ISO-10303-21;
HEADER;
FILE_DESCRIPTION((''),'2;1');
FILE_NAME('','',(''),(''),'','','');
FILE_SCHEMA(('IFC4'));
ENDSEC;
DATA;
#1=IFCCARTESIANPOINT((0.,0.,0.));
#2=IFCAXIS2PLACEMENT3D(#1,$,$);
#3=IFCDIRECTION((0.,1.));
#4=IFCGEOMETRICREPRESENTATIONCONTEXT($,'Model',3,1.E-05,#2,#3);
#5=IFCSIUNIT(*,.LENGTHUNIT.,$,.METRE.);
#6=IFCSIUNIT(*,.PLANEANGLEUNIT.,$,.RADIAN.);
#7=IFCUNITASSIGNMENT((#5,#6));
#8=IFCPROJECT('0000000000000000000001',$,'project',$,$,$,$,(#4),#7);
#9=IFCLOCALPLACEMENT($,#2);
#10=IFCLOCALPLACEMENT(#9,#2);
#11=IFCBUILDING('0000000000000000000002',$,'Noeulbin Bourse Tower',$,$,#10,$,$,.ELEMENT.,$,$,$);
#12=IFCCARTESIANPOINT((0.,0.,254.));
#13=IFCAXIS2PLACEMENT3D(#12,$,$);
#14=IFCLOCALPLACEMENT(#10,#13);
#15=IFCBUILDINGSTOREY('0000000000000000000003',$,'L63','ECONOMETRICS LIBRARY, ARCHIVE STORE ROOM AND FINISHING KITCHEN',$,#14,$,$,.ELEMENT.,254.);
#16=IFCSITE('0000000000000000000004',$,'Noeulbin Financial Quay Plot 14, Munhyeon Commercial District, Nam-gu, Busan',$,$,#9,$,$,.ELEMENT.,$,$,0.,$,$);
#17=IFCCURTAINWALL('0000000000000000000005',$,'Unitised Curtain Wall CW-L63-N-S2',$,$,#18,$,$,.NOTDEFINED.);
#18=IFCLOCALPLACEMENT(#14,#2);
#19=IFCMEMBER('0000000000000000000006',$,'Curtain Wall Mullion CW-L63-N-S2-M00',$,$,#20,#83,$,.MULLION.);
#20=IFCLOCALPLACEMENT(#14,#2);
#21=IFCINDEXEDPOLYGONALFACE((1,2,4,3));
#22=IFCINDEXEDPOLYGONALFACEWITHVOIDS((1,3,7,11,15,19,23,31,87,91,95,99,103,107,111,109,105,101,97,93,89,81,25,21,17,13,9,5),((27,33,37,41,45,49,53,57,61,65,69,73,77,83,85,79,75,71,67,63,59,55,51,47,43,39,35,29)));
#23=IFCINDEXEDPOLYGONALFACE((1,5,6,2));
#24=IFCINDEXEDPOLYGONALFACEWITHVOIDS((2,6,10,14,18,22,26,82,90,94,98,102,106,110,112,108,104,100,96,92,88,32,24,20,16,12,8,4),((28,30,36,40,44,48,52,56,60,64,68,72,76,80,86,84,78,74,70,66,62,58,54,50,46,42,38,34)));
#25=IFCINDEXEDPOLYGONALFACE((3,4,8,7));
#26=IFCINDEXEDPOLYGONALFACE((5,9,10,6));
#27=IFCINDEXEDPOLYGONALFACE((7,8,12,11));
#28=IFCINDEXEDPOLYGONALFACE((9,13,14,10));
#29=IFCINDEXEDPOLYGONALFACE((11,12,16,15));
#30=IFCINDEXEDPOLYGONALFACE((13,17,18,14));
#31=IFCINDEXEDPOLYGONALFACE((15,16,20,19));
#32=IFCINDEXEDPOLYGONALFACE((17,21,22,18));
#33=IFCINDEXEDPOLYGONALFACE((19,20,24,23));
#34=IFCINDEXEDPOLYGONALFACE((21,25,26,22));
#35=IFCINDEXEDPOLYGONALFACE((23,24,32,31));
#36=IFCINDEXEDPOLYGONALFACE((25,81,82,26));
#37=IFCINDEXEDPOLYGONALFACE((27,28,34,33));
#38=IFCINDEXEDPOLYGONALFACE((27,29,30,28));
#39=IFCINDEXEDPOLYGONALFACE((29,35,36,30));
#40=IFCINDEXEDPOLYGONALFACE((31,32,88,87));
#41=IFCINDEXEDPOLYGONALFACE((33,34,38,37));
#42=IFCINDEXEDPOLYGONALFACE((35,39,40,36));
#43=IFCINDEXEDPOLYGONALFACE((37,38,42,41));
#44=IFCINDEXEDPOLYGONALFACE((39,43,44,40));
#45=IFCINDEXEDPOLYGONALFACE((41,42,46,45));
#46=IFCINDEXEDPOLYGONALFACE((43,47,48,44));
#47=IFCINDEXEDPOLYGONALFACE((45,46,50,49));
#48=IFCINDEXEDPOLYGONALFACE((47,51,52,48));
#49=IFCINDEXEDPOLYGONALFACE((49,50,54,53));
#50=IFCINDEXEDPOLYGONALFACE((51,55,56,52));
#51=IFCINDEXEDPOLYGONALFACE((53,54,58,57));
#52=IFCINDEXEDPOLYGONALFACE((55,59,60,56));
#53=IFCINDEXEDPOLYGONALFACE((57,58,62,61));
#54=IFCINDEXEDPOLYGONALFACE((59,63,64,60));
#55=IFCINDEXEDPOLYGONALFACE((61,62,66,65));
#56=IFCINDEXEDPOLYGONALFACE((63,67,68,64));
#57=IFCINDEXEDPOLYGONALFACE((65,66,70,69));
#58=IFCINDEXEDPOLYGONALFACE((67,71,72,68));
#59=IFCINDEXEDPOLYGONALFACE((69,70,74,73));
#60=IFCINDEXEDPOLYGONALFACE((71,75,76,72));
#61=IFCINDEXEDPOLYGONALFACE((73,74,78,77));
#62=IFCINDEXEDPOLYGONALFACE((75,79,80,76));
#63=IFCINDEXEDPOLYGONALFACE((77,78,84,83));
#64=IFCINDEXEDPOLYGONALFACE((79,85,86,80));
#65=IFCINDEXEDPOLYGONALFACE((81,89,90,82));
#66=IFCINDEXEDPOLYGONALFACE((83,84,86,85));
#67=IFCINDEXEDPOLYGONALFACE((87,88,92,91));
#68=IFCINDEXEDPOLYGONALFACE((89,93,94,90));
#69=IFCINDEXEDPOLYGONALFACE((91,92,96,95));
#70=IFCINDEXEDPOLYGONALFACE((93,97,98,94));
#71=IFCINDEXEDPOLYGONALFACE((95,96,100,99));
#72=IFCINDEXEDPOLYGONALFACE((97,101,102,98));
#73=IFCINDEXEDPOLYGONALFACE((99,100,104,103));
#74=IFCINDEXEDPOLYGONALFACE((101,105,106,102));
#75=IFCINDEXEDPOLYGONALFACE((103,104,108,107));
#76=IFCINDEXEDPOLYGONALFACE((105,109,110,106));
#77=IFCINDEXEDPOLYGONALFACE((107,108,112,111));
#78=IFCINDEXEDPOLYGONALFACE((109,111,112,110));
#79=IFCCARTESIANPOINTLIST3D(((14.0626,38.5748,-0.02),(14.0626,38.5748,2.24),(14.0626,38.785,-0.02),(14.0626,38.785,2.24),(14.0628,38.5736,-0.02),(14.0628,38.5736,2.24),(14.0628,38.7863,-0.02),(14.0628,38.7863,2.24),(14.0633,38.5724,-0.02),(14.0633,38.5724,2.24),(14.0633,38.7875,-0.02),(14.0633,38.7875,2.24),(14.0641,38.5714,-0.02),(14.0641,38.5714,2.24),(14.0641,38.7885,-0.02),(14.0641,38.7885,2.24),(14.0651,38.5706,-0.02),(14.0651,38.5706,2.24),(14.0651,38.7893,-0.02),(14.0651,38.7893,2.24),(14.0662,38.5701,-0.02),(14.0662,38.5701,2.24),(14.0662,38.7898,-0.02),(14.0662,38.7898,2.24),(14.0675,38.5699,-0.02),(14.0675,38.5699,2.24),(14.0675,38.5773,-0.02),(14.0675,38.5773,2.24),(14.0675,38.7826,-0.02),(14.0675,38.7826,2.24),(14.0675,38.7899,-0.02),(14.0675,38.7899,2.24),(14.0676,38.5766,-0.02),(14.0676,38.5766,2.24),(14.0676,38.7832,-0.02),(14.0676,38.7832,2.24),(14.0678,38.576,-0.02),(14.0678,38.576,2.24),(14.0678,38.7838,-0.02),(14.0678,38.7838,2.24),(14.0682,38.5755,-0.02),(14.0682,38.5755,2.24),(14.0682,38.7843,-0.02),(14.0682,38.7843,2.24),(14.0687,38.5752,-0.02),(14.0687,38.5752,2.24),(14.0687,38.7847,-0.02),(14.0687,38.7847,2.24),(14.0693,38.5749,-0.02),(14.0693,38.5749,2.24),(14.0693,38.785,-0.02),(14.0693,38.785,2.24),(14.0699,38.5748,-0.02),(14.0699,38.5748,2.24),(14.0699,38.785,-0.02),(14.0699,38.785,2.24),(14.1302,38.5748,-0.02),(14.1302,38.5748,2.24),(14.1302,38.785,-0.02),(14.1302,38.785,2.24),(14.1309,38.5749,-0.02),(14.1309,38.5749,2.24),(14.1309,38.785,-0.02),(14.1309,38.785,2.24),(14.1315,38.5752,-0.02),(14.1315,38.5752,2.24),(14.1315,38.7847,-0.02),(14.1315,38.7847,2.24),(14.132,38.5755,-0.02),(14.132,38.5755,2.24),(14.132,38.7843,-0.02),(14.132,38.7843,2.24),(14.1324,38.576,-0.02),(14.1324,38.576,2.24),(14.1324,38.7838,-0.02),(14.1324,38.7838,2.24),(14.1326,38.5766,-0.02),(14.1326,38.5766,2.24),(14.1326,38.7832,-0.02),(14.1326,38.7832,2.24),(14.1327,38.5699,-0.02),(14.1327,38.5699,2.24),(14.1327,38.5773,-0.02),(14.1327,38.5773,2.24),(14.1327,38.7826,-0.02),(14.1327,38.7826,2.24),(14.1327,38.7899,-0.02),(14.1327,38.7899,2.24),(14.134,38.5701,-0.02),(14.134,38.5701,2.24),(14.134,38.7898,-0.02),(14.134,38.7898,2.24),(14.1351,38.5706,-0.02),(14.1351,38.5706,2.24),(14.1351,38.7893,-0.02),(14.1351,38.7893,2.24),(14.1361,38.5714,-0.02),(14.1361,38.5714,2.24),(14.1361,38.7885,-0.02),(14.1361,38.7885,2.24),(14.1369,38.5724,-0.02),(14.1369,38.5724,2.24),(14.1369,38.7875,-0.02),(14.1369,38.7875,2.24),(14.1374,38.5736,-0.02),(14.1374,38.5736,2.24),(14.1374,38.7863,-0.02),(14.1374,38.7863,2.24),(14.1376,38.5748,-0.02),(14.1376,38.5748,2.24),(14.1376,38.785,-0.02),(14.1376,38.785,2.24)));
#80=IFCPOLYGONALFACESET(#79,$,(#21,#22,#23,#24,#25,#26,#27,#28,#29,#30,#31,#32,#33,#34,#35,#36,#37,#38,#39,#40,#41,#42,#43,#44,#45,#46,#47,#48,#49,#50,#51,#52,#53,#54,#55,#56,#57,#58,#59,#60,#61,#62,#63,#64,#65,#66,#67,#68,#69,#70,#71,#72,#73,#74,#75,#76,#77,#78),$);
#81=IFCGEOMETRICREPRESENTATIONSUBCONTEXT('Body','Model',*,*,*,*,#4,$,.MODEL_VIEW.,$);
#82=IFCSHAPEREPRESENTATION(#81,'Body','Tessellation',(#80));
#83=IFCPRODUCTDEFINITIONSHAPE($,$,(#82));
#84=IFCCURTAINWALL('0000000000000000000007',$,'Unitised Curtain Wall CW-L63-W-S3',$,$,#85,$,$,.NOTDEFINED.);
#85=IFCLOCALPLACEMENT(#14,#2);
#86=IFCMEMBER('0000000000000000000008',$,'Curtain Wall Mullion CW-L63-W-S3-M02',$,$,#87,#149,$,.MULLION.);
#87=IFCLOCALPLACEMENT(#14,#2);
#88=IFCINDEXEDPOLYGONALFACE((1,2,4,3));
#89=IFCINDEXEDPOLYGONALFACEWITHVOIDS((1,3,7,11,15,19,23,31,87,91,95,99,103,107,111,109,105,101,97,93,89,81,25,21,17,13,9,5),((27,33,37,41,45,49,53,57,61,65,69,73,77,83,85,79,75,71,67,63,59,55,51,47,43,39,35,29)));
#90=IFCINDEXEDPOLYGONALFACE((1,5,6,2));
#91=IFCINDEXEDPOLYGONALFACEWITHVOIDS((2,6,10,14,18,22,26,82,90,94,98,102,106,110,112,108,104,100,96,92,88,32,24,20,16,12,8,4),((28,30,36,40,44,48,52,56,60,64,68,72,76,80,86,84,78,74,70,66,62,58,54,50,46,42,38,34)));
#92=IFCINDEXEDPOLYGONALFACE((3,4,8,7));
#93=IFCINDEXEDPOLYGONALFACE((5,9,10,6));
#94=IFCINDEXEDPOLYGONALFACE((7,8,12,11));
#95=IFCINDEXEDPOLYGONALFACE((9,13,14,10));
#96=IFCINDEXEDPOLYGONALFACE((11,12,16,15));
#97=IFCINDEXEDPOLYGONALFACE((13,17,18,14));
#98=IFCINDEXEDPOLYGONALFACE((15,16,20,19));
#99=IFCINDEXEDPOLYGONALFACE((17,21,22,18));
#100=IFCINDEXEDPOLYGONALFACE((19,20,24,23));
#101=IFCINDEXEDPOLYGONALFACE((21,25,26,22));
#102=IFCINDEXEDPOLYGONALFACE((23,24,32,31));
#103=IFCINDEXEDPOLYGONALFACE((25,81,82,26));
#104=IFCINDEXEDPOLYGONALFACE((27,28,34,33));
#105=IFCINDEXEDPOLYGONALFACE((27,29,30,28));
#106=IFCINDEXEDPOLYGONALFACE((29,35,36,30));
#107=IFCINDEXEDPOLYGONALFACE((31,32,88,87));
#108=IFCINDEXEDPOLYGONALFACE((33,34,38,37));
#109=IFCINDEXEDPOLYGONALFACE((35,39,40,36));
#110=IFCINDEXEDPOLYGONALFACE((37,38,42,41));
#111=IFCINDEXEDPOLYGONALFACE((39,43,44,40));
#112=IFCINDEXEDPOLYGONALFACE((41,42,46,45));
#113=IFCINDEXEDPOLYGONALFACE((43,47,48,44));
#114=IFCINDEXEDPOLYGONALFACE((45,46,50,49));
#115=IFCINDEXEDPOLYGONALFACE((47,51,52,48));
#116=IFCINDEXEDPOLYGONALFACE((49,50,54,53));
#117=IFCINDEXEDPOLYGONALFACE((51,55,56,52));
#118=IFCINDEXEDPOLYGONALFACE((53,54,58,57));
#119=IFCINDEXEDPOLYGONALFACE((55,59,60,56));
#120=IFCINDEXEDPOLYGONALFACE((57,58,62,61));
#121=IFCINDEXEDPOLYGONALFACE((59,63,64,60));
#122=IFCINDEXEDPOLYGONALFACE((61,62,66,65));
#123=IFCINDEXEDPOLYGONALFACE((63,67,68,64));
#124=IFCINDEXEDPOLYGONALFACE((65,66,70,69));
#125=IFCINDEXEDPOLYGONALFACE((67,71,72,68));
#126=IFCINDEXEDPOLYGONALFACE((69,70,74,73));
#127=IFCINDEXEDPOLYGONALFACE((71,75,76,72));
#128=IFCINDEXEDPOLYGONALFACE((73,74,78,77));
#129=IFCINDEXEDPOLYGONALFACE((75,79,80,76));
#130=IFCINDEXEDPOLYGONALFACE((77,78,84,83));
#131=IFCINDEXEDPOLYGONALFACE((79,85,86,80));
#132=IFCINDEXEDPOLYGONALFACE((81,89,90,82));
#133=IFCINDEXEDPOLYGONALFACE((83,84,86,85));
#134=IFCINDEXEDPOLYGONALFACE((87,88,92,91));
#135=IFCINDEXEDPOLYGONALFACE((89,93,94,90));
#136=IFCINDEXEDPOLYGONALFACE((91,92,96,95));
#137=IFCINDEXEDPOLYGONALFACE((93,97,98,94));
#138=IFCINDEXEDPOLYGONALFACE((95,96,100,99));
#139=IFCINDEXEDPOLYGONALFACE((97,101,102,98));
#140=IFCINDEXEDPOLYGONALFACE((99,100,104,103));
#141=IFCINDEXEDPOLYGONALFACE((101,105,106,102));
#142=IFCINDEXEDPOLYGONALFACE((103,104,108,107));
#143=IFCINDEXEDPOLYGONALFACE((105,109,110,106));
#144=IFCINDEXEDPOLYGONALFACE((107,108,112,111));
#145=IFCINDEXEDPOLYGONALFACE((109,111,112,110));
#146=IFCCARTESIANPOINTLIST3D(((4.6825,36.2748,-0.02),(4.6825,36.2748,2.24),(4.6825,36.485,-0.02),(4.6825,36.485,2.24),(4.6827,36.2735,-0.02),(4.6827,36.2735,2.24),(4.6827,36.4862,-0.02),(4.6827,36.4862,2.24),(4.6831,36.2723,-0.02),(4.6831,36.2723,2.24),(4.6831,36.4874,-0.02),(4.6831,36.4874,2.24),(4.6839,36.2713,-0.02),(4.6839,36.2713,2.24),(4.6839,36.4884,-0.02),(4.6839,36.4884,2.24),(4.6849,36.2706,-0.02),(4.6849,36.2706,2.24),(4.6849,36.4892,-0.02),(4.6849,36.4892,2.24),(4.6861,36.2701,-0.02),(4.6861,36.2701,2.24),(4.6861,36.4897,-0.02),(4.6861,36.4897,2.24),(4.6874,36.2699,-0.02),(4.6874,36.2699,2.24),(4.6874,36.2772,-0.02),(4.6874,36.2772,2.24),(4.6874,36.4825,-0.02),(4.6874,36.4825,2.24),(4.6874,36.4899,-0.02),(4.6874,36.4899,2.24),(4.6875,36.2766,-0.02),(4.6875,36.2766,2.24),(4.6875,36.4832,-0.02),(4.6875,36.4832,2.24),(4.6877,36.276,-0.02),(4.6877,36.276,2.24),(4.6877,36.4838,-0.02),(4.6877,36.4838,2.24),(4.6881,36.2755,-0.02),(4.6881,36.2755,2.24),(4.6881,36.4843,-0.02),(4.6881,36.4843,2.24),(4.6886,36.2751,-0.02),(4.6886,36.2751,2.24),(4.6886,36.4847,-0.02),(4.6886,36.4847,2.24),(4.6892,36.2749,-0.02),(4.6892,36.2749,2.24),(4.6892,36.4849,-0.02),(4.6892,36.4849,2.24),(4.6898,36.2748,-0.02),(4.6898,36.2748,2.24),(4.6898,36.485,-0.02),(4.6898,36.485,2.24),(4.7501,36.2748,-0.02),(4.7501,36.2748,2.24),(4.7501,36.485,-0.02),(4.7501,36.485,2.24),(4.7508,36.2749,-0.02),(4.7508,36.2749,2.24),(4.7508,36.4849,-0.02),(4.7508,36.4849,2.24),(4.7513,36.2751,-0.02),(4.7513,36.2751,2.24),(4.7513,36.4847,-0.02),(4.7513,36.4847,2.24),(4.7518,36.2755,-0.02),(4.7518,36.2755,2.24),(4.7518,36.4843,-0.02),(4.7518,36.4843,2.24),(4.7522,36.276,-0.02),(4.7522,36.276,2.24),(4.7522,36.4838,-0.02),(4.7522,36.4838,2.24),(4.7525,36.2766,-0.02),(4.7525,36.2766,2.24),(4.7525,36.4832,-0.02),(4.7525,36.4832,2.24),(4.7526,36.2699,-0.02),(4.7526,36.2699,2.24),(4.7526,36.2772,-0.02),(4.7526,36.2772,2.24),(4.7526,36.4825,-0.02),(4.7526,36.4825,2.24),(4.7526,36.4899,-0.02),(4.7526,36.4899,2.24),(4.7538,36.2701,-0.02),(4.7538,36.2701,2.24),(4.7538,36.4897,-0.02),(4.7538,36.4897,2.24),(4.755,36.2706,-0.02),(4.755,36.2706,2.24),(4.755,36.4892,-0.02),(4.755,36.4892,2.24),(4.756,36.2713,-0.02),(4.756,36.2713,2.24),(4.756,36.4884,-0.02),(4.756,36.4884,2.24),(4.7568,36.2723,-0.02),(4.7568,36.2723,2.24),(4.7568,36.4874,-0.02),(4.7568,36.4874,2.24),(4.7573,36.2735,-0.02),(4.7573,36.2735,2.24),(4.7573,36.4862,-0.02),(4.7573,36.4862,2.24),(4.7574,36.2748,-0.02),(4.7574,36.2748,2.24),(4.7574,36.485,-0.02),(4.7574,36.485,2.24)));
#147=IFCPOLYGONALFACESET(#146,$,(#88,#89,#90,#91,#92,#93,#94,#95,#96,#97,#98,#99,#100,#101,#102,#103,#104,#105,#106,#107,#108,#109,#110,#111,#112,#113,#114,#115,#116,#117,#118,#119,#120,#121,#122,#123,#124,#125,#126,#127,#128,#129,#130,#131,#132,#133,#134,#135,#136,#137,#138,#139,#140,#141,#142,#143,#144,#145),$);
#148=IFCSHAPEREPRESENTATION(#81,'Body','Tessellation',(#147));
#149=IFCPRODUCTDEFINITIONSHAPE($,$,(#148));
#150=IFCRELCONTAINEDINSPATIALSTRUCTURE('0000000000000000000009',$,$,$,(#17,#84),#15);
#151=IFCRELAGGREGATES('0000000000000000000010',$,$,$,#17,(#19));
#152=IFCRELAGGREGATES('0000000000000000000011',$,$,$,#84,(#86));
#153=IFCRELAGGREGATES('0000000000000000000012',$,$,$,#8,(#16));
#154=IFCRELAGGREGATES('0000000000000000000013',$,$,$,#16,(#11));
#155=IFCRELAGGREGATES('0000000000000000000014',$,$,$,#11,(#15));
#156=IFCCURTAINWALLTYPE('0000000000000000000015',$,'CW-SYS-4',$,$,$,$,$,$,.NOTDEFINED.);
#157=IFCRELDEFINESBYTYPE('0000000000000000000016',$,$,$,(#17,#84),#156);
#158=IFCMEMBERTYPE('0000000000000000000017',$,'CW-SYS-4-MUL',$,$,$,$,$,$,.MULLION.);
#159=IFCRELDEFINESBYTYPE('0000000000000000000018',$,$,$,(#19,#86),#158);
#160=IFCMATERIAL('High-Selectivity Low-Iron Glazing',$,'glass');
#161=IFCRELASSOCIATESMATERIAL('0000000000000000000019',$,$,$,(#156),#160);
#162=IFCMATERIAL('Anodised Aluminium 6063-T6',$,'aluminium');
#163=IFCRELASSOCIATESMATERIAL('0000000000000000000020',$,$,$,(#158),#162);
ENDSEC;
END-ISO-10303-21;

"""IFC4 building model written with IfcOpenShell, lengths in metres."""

from ifc_helpers import new_model, si_unit, direction, frame, origin, origin_2d, place, context, subcontext, project, spatial, hollow_rectangle, extrude, material, material_profile, profile_set, type_object, element, aggregate, save


model = new_model("IFC4")

# Units and contexts
model_context = context("Model", 3, precision=1e-05, world=origin(), true_north=direction((0.0, 1.0)))
body_context = subcontext(model_context, "Body", "Model", "MODEL_VIEW")
ifc_project = project(units=[si_unit("LENGTHUNIT", "METRE"), si_unit("PLANEANGLEUNIT", "RADIAN")], contexts=[model_context])

# Site, building, storey
site_placement = place(None, origin())
site = spatial("IfcSite", under=ifc_project, at=site_placement, Name="Noeulbin Financial Quay Plot 14, Munhyeon Commercial District, Nam-gu, Busan", CompositionType="ELEMENT", RefElevation=0.0)
building_placement = place(site_placement, origin())
building = spatial("IfcBuilding", under=site, at=building_placement, Name="Noeulbin Bourse Tower", CompositionType="ELEMENT")
storey_placement = place(building_placement, frame((0.0, 0.0, 254.0)))
storey = spatial("IfcBuildingStorey", under=building, at=storey_placement, Name="L63", Description="ECONOMETRICS LIBRARY, ARCHIVE STORE ROOM AND FINISHING KITCHEN", CompositionType="ELEMENT", Elevation=254.0)

# Shared definitions
ifc_material_1 = material(Name="High-Selectivity Low-Iron Glazing", Category="glass")
curtain_wall_type = type_object("IfcCurtainWallType", Name="CW-SYS-4", PredefinedType="NOTDEFINED", material=ifc_material_1)
ifc_material_2 = material(Name="Anodised Aluminium 6063-T6", Category="aluminium")
ifc_material_profile_1 = material_profile(ifc_material_2, hollow_rectangle(XDim=0.075, YDim=0.22, WallThickness=0.0049, InnerFilletRadius=0.0024, OuterFilletRadius=0.0049, at=origin_2d()), Name="ALU-MULL-75x220x5", Category="LoadBearing")
ifc_profile_set_1 = profile_set([ifc_material_profile_1], Name="Anodised Aluminium 6063-T6")
member_type_1 = type_object("IfcMemberType", Name="CW-SYS-4-MUL", PredefinedType="MULLION", material=ifc_profile_set_1)

# Curtain walls, members
curtain_wall_1_placement = place(storey_placement, origin())
curtain_wall_1 = element("IfcCurtainWall", 1, at=curtain_wall_1_placement, inside=storey, type_object=curtain_wall_type, Name="Unitised Curtain Wall CW-L63-N-S2", PredefinedType="NOTDEFINED")
member_1_placement = place(storey_placement, frame((14.1001, 38.6799, -0.02), z_axis=(0.0, 0.0, 1.0), x_axis=(1.0, 0.0, 0.0)))
member_1 = element("IfcMember", 2, at=member_1_placement, type_object=member_type_1, Name="Curtain Wall Mullion CW-L63-N-S2-M00", PredefinedType="MULLION", context=body_context, shape_type="SweptSolid", body=[
    extrude(hollow_rectangle(XDim=0.075, YDim=0.22, WallThickness=0.0049, InnerFilletRadius=0.0024, OuterFilletRadius=0.0049, at=origin_2d()), origin(), (0.0, 0.0, 1.0), 2.26),
])
curtain_wall_2_placement = place(storey_placement, origin())
curtain_wall_2 = element("IfcCurtainWall", 3, at=curtain_wall_2_placement, inside=storey, type_object=curtain_wall_type, Name="Unitised Curtain Wall CW-L63-W-S3", PredefinedType="NOTDEFINED")
member_2_placement = place(storey_placement, frame((4.72, 36.3799, -0.02), z_axis=(0.0, 0.0, 1.0), x_axis=(1.0, 0.0, 0.0)))
member_2 = element("IfcMember", 4, at=member_2_placement, type_object=member_type_1, Name="Curtain Wall Mullion CW-L63-W-S3-M02", PredefinedType="MULLION", context=body_context, shape_type="SweptSolid", body=[
    extrude(hollow_rectangle(XDim=0.075, YDim=0.22, WallThickness=0.0049, InnerFilletRadius=0.0024, OuterFilletRadius=0.0049, at=origin_2d()), origin(), (0.0, 0.0, 1.0), 2.26),
])

aggregate(curtain_wall_1, [member_1])

aggregate(curtain_wall_2, [member_2])

save(model, "model.ifc")
